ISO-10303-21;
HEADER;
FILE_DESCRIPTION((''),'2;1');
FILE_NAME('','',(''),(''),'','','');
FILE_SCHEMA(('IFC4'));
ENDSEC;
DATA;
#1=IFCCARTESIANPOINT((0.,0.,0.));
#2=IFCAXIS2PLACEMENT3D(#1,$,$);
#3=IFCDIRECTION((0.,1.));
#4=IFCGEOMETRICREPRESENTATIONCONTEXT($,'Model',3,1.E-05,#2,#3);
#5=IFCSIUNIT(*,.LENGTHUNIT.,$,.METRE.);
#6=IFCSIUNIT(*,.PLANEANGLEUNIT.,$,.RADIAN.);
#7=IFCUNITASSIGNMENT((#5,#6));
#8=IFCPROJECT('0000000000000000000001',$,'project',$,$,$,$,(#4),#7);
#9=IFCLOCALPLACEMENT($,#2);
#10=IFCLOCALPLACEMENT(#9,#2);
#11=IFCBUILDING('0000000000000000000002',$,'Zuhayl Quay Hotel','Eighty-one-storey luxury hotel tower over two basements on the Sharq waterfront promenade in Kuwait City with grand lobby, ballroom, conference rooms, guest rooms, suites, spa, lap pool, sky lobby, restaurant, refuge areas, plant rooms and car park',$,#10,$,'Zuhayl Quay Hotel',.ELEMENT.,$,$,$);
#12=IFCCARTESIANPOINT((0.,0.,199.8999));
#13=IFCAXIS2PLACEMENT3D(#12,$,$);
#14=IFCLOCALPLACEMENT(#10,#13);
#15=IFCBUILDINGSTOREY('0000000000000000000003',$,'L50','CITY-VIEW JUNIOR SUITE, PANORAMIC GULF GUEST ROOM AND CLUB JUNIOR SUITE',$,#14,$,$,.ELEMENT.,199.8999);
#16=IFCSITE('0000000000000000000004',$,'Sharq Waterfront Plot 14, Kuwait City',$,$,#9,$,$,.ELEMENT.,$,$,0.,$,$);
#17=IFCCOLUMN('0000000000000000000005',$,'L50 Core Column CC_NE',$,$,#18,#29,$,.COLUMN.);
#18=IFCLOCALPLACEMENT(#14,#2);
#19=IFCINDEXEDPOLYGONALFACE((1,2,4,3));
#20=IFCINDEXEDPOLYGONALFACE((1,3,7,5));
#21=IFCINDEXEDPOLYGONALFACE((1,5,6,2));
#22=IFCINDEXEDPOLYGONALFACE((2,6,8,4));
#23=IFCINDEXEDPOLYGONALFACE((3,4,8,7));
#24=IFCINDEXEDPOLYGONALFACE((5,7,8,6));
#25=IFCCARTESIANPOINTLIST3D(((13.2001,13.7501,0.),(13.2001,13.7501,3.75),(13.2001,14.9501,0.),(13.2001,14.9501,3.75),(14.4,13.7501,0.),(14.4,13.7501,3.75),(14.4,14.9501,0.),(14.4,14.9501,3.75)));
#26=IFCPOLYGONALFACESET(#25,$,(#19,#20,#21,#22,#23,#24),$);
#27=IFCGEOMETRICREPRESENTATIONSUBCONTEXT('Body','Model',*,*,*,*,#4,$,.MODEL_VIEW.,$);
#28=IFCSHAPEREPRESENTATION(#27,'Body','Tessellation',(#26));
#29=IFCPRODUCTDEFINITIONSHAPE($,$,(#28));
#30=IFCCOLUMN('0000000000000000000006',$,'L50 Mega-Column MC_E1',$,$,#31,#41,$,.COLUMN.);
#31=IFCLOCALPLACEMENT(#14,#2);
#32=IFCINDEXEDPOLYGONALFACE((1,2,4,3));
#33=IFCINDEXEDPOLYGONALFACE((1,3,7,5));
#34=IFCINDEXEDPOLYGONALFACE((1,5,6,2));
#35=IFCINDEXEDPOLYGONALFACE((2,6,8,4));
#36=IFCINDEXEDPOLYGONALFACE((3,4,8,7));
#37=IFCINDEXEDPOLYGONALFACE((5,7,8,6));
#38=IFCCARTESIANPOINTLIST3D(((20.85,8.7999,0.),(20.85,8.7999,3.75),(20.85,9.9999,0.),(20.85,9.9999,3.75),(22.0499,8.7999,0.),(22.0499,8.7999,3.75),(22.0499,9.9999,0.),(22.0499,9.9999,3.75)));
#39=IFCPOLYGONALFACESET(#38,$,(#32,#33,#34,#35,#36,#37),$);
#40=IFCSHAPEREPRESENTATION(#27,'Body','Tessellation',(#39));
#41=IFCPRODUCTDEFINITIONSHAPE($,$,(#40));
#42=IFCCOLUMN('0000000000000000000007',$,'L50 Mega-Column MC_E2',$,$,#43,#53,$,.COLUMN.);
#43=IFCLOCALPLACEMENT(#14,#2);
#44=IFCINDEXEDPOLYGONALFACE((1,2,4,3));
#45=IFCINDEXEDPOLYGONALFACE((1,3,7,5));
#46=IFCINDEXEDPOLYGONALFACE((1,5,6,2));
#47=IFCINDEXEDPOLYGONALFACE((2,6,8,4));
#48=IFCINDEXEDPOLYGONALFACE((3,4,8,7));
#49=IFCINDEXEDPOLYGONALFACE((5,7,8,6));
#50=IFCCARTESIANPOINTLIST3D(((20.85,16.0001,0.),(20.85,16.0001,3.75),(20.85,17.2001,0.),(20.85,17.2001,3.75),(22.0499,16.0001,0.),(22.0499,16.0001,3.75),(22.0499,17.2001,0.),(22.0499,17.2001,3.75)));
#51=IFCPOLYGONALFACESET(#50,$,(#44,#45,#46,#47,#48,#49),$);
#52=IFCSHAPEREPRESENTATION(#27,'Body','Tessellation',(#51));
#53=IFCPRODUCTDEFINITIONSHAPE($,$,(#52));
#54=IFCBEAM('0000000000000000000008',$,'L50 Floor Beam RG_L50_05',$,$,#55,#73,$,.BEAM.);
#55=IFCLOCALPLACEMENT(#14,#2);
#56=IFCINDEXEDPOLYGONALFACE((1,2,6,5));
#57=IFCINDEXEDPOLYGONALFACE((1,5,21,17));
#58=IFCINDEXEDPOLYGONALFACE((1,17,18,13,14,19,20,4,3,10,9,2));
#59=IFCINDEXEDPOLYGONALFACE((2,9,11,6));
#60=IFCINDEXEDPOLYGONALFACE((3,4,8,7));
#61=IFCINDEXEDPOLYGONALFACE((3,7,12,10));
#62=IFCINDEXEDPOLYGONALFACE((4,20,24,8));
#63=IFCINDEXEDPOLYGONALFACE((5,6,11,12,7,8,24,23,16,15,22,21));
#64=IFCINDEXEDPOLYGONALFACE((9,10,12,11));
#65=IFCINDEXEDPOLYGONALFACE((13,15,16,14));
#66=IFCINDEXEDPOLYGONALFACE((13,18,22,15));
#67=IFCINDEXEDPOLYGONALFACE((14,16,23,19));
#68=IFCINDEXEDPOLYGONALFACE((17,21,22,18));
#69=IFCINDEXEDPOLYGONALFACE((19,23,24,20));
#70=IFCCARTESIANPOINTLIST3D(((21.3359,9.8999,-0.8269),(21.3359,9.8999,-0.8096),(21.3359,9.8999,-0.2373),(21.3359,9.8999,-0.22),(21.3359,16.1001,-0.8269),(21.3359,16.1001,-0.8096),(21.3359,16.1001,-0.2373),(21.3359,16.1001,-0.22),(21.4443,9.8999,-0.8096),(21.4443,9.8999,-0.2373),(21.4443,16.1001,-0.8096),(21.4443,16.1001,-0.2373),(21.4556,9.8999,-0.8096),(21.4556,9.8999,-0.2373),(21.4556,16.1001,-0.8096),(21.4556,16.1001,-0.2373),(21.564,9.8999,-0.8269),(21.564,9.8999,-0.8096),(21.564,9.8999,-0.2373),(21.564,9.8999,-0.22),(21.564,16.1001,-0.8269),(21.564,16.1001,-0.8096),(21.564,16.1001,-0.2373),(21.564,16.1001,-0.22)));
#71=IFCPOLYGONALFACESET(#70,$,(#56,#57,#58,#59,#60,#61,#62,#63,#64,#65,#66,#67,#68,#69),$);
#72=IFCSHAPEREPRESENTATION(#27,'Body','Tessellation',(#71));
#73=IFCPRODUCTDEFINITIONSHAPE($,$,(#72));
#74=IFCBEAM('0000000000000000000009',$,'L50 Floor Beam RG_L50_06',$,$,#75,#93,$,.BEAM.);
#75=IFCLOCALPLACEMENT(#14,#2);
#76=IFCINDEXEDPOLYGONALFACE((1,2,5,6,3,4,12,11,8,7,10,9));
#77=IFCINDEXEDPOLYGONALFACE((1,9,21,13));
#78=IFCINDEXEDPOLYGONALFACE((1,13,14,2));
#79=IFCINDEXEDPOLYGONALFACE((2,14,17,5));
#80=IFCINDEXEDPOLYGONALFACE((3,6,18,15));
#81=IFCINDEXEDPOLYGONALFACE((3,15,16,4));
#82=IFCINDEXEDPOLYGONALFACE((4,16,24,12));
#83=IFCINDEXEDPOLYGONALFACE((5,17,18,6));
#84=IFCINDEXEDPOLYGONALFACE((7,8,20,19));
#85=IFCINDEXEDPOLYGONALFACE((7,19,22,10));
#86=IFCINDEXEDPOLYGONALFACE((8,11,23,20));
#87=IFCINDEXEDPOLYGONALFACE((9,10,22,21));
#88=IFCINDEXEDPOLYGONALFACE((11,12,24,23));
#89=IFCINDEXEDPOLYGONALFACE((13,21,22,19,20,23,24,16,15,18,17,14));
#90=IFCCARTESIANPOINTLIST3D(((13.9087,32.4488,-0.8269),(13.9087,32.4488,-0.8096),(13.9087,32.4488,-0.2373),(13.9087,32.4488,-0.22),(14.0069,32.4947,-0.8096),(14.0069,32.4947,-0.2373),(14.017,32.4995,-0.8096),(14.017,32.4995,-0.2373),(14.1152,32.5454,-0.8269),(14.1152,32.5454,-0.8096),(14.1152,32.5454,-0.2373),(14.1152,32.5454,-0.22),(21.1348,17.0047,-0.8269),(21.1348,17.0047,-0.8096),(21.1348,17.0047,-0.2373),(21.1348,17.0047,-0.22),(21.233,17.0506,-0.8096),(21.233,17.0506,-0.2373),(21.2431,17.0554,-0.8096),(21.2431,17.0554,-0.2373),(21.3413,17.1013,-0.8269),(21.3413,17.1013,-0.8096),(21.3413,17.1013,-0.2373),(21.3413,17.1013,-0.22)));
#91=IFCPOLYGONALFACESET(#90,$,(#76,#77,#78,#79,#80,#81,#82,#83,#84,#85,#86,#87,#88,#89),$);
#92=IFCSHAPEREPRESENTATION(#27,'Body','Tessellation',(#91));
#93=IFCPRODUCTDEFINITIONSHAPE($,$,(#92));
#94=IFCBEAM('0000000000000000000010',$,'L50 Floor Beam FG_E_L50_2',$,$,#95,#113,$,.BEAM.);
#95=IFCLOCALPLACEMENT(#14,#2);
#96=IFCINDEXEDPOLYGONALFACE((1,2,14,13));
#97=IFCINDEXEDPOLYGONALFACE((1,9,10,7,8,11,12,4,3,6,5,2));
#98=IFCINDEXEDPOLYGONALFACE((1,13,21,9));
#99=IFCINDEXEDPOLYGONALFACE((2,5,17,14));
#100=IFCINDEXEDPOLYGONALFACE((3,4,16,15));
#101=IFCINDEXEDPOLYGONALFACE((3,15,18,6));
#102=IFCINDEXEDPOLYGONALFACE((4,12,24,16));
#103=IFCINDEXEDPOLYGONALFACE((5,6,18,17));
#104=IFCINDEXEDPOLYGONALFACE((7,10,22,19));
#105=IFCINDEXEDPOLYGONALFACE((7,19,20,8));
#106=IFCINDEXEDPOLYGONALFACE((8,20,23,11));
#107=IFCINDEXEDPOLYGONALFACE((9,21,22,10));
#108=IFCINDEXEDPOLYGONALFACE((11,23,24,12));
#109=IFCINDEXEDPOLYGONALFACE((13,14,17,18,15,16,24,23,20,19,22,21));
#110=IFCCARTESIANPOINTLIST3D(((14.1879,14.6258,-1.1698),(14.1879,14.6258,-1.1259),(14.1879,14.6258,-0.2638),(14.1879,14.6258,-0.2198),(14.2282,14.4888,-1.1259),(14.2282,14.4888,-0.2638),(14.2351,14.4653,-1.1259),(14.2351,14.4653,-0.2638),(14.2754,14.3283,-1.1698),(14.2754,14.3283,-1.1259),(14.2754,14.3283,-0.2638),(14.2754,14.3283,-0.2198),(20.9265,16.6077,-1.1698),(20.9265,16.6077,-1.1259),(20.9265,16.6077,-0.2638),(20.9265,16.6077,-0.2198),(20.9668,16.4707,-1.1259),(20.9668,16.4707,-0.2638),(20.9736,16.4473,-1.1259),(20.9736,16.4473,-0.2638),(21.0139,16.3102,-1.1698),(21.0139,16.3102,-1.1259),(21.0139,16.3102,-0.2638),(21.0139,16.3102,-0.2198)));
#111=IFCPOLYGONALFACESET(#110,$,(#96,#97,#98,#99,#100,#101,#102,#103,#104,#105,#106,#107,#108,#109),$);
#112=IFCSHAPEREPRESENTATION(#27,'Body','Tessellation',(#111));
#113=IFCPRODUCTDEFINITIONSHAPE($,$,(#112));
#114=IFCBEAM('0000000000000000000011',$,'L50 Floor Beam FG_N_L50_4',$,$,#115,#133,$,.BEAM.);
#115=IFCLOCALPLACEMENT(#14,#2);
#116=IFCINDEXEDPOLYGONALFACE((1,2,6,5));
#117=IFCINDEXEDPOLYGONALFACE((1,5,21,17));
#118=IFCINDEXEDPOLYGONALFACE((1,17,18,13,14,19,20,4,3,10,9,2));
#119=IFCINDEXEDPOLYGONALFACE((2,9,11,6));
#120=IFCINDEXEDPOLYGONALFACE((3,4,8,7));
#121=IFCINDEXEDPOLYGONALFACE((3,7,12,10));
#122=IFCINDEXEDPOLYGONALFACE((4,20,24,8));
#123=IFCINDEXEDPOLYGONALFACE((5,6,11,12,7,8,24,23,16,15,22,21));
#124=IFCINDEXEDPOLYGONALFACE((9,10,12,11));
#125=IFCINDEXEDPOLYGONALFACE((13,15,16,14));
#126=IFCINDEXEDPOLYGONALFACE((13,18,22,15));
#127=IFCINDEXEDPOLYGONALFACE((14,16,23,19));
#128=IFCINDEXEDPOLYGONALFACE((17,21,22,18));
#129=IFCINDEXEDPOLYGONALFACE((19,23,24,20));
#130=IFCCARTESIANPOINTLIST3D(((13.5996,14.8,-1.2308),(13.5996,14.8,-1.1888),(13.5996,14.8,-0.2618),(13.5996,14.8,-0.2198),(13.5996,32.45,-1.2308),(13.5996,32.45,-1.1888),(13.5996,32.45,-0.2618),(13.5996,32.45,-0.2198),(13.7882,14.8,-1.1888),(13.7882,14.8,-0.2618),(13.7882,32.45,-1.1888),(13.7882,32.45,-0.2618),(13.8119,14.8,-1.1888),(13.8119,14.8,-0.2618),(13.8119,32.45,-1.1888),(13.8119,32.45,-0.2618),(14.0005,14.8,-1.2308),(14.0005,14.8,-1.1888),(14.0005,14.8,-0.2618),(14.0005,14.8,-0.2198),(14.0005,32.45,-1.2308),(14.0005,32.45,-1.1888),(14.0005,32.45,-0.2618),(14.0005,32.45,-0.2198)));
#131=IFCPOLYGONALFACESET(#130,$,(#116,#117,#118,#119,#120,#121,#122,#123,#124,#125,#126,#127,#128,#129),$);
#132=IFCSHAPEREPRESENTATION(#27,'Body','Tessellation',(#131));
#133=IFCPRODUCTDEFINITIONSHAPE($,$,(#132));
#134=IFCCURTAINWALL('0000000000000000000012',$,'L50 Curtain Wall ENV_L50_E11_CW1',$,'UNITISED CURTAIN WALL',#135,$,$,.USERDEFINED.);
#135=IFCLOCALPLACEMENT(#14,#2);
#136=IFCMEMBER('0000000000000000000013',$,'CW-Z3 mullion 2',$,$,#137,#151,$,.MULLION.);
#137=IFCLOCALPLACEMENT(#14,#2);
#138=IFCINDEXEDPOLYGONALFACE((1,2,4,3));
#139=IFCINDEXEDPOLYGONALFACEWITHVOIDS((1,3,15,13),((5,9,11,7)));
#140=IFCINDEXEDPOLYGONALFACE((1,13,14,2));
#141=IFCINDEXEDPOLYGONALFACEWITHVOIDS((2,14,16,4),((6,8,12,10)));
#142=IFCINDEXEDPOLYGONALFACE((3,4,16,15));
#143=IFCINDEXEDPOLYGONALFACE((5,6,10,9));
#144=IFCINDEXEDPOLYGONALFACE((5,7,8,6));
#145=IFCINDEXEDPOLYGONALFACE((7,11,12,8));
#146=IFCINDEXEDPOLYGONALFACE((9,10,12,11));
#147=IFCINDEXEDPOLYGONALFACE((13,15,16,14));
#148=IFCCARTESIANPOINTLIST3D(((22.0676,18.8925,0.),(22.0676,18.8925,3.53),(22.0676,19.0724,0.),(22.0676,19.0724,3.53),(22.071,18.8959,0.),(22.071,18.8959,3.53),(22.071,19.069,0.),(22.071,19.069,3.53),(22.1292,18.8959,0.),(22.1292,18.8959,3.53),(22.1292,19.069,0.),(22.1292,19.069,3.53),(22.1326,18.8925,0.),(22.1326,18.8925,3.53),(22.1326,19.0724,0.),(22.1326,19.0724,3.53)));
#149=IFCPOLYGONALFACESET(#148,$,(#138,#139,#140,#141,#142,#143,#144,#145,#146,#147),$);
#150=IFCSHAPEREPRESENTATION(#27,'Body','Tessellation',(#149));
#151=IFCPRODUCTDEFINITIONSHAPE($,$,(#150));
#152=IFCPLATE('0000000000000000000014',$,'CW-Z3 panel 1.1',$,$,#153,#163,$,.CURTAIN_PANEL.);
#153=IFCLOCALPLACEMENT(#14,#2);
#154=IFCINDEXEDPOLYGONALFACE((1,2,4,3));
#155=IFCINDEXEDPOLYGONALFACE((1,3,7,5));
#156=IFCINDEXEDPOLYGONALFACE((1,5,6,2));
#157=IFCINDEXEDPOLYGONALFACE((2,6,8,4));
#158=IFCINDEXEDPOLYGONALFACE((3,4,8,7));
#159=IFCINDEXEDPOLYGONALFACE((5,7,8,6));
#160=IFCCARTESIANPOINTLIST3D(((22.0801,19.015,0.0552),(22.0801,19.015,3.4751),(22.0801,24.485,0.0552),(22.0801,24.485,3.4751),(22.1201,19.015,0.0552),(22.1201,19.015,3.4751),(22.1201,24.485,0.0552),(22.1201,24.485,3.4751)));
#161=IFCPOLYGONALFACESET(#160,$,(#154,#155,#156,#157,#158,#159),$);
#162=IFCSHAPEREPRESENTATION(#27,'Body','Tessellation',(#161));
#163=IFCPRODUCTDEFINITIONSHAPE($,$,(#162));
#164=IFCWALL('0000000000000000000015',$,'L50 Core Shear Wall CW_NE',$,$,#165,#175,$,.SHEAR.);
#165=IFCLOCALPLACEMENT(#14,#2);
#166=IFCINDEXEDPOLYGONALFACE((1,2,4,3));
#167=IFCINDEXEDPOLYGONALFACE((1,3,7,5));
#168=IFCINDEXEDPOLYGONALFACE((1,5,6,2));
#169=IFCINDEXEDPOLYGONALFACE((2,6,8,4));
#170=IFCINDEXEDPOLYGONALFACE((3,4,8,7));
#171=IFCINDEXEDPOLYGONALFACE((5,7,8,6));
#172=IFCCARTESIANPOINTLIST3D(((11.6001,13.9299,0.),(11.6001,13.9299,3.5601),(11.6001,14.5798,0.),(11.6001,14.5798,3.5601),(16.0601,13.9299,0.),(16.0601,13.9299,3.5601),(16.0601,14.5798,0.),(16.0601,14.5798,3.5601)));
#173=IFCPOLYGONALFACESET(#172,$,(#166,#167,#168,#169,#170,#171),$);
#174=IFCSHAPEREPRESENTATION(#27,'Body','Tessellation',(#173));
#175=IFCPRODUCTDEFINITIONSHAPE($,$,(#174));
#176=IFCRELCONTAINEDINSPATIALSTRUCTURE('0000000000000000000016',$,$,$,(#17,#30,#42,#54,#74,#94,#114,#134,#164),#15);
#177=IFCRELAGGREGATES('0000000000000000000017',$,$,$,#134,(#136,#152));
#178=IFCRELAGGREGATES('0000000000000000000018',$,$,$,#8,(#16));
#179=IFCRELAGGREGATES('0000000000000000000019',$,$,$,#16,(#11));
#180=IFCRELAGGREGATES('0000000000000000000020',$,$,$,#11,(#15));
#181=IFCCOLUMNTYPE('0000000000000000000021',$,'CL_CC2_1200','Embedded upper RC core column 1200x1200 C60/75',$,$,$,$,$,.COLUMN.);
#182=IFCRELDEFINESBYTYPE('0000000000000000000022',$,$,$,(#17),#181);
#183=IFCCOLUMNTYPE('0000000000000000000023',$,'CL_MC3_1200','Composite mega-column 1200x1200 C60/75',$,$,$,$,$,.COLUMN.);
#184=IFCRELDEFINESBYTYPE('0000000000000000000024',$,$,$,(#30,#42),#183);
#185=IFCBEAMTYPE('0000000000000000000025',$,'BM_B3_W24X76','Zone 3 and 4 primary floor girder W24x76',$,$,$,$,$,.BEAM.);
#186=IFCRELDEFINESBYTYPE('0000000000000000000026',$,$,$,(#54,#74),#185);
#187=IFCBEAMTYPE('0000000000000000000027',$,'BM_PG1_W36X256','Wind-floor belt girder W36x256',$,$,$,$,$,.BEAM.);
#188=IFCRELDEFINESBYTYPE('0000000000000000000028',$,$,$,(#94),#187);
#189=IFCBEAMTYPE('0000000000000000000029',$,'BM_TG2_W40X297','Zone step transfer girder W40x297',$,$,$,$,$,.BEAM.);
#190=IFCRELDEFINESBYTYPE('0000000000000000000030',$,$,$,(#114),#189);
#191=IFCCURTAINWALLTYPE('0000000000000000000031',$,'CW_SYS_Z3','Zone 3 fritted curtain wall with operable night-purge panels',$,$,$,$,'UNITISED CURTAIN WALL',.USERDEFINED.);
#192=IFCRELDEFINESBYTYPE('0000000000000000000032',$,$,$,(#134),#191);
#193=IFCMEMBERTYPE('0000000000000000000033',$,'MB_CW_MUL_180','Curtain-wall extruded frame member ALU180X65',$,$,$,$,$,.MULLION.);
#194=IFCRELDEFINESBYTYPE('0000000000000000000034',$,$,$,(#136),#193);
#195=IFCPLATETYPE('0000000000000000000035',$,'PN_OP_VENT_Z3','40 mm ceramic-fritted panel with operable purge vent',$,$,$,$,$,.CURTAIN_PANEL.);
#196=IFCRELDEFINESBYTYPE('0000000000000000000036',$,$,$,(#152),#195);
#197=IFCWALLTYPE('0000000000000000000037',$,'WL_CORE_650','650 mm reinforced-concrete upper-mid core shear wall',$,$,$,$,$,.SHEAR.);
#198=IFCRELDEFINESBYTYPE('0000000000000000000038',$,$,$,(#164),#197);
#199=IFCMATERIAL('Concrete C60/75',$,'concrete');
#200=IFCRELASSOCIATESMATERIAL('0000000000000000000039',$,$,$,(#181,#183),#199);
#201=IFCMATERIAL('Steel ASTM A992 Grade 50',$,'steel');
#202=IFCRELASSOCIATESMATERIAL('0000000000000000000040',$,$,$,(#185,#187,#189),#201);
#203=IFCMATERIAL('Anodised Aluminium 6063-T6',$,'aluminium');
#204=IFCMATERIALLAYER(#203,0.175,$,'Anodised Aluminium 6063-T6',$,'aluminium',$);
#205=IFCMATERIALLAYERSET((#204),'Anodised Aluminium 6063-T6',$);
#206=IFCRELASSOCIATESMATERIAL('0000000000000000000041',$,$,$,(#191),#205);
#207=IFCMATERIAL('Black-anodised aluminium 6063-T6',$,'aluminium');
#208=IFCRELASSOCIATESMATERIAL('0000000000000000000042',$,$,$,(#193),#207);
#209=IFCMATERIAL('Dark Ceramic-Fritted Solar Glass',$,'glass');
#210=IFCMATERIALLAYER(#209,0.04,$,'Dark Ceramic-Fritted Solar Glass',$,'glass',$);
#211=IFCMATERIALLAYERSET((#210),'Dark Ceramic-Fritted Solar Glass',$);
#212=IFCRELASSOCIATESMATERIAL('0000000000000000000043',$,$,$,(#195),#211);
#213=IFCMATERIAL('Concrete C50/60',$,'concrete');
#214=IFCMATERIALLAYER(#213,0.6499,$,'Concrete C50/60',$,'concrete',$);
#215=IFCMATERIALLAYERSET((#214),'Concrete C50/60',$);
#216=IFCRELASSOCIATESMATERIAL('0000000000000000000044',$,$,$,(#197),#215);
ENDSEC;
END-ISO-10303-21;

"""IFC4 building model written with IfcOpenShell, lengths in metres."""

from ifc_helpers import new_model, si_unit, direction, frame, frame_2d, origin, origin_2d, place, context, subcontext, project, spatial, rectangle, hollow_rectangle, i_section, extrude, material, layer, layer_set, material_profile, profile_set, type_object, element, aggregate, save


model = new_model("IFC4")

# Units and contexts
model_context = context("Model", 3, precision=1e-05, world=origin(), true_north=direction((0.0, 1.0)))
body_context = subcontext(model_context, "Body", "Model", "MODEL_VIEW")
ifc_project = project(units=[si_unit("LENGTHUNIT", "METRE"), si_unit("PLANEANGLEUNIT", "RADIAN")], contexts=[model_context])

# Site, building, storey
site_placement = place(None, origin())
site = spatial("IfcSite", under=ifc_project, at=site_placement, Name="Sharq Waterfront Plot 14, Kuwait City", CompositionType="ELEMENT", RefElevation=0.0)
building_placement = place(site_placement, origin())
building = spatial("IfcBuilding", under=site, at=building_placement, Name="Zuhayl Quay Hotel", Description="Eighty-one-storey luxury hotel tower over two basements on the Sharq waterfront promenade in Kuwait City with grand lobby, ballroom, conference rooms, guest rooms, suites, spa, lap pool, sky lobby, restaurant, refuge areas, plant rooms and car park", LongName="Zuhayl Quay Hotel", CompositionType="ELEMENT")
storey_placement = place(building_placement, frame((0.0, 0.0, 199.8999)))
storey = spatial("IfcBuildingStorey", under=building, at=storey_placement, Name="L50", Description="CITY-VIEW JUNIOR SUITE, PANORAMIC GULF GUEST ROOM AND CLUB JUNIOR SUITE", CompositionType="ELEMENT", Elevation=199.8999)

# Columns
ifc_material_1 = material(Name="Concrete C60/75", Category="concrete")
ifc_material_profile_1 = material_profile(ifc_material_1, rectangle(XDim=1.2, YDim=1.2, at=origin_2d()), Name="RC1200X1200")
ifc_profile_set_1 = profile_set([ifc_material_profile_1], Name="Concrete C60/75")
column_type_1 = type_object("IfcColumnType", Name="CL_CC2_1200", Description="Embedded upper RC core column 1200x1200 C60/75", PredefinedType="COLUMN", material=ifc_profile_set_1)
column_placement = place(storey_placement, frame((13.8, 14.3501, 0.0), z_axis=(0.0, 0.0, 1.0), x_axis=(1.0, 0.0, 0.0)))
element("IfcColumn", 1, at=column_placement, inside=storey, type_object=column_type_1, Name="L50 Core Column CC_NE", PredefinedType="COLUMN", context=body_context, shape_type="SweptSolid", body=[
    extrude(rectangle(XDim=1.2, YDim=1.2, at=origin_2d()), origin(), (0.0, 0.0, 1.0), 3.75),
])
ifc_material_profile_2 = material_profile(ifc_material_1, rectangle(XDim=1.2, YDim=1.2, at=origin_2d()), Name="RC1200X1200")
ifc_profile_set_2 = profile_set([ifc_material_profile_2], Name="Concrete C60/75")
column_type_2 = type_object("IfcColumnType", Name="CL_MC3_1200", Description="Composite mega-column 1200x1200 C60/75", PredefinedType="COLUMN", material=ifc_profile_set_2)
for number, where, z_axis, x_axis, name in (
    (2, (21.45, 9.3999, 0.0), (0.0, 0.0, 1.0), (1.0, 0.0, 0.0), "L50 Mega-Column MC_E1"),
    (3, (21.45, 16.6001, 0.0), (0.0, 0.0, 1.0), (1.0, 0.0, 0.0), "L50 Mega-Column MC_E2"),
):
    element("IfcColumn", number, at=place(storey_placement, frame(where, z_axis=z_axis, x_axis=x_axis)), inside=storey, type_object=column_type_2, Name=name, PredefinedType="COLUMN", context=body_context, shape_type="SweptSolid", body=[
        extrude(rectangle(XDim=1.2, YDim=1.2, at=origin_2d()), origin(), (0.0, 0.0, 1.0), 3.75),
    ])

# Beams
ifc_material_2 = material(Name="Steel ASTM A992 Grade 50", Category="steel")
ifc_material_profile_3 = material_profile(ifc_material_2, i_section(OverallWidth=0.228, OverallDepth=0.6069, WebThickness=0.0112, FlangeThickness=0.0173, at=origin_2d()), Name="W24X76")
ifc_profile_set_3 = profile_set([ifc_material_profile_3], Name="Steel ASTM A992 Grade 50")
beam_type_1 = type_object("IfcBeamType", Name="BM_B3_W24X76", Description="Zone 3 and 4 primary floor girder W24x76", PredefinedType="BEAM", material=ifc_profile_set_3)
beam_1_placement = place(storey_placement, frame((21.45, 9.8999, -0.5234), z_axis=(0.0, 1.0, 0.0), x_axis=(-1.0, 0.0, 0.0)))
element("IfcBeam", 4, at=beam_1_placement, inside=storey, type_object=beam_type_1, Name="L50 Floor Beam RG_L50_05", PredefinedType="BEAM", context=body_context, shape_type="SweptSolid", body=[
    extrude(i_section(OverallWidth=0.228, OverallDepth=0.6069, WebThickness=0.0112, FlangeThickness=0.0173, at=origin_2d()), origin(), (0.0, 0.0, 1.0), 6.2002),
])
beam_2_placement = place(storey_placement, frame((21.238, 17.053, -0.5234), z_axis=(-0.423792, 0.905759, 0.0), x_axis=(-0.905759, -0.423792, 0.0)))
element("IfcBeam", 5, at=beam_2_placement, inside=storey, type_object=beam_type_1, Name="L50 Floor Beam RG_L50_06", PredefinedType="BEAM", context=body_context, shape_type="SweptSolid", body=[
    extrude(i_section(OverallWidth=0.228, OverallDepth=0.6069, WebThickness=0.0112, FlangeThickness=0.0173, at=origin_2d()), origin(), (0.0, 0.0, 1.0), 17.051),
])
ifc_material_profile_4 = material_profile(ifc_material_2, i_section(OverallWidth=0.3101, OverallDepth=0.95, WebThickness=0.0244, FlangeThickness=0.0439, at=origin_2d()), Name="W36X256")
ifc_profile_set_4 = profile_set([ifc_material_profile_4], Name="Steel ASTM A992 Grade 50")
beam_type_2 = type_object("IfcBeamType", Name="BM_PG1_W36X256", Description="Wind-floor belt girder W36x256", PredefinedType="BEAM", material=ifc_profile_set_4)
beam_3_placement = place(storey_placement, frame((14.2317, 14.4771, -0.6948), z_axis=(0.959365, 0.282168, 0.0), x_axis=(-0.282168, 0.959365, 0.0)))
element("IfcBeam", 6, at=beam_3_placement, inside=storey, type_object=beam_type_2, Name="L50 Floor Beam FG_E_L50_2", PredefinedType="BEAM", context=body_context, shape_type="SweptSolid", body=[
    extrude(i_section(OverallWidth=0.3101, OverallDepth=0.95, WebThickness=0.0244, FlangeThickness=0.0439, at=origin_2d()), origin(), (0.0, 0.0, 1.0), 7.0239),
])
ifc_material_profile_5 = material_profile(ifc_material_2, i_section(OverallWidth=0.4009, OverallDepth=1.011, WebThickness=0.0237, FlangeThickness=0.042, at=origin_2d()), Name="W40X297")
ifc_profile_set_5 = profile_set([ifc_material_profile_5], Name="Steel ASTM A992 Grade 50")
beam_type_3 = type_object("IfcBeamType", Name="BM_TG2_W40X297", Description="Zone step transfer girder W40x297", PredefinedType="BEAM", material=ifc_profile_set_5)
beam_4_placement = place(storey_placement, frame((13.8, 14.8, -0.7253), z_axis=(0.0, 1.0, 0.0), x_axis=(-1.0, 0.0, 0.0)))
element("IfcBeam", 7, at=beam_4_placement, inside=storey, type_object=beam_type_3, Name="L50 Floor Beam FG_N_L50_4", PredefinedType="BEAM", context=body_context, shape_type="SweptSolid", body=[
    extrude(i_section(OverallWidth=0.4009, OverallDepth=1.011, WebThickness=0.0237, FlangeThickness=0.042, at=origin_2d()), origin(), (0.0, 0.0, 1.0), 17.6499),
])

# Curtain wall, member, plate
ifc_material_3 = material(Name="Anodised Aluminium 6063-T6", Category="aluminium")
ifc_layer_1 = layer(ifc_material_3, 0.175, Name="Anodised Aluminium 6063-T6", Category="aluminium")
ifc_layer_set_1 = layer_set([ifc_layer_1], Name="Anodised Aluminium 6063-T6")
curtain_wall_type = type_object("IfcCurtainWallType", Name="CW_SYS_Z3", Description="Zone 3 fritted curtain wall with operable night-purge panels", ElementType="UNITISED CURTAIN WALL", PredefinedType="USERDEFINED", material=ifc_layer_set_1)
curtain_wall_placement = place(storey_placement, origin())
curtain_wall = element("IfcCurtainWall", 8, at=curtain_wall_placement, inside=storey, type_object=curtain_wall_type, Name="L50 Curtain Wall ENV_L50_E11_CW1", ObjectType="UNITISED CURTAIN WALL", PredefinedType="USERDEFINED")
ifc_material_4 = material(Name="Black-anodised aluminium 6063-T6", Category="aluminium")
ifc_material_profile_6 = material_profile(ifc_material_4, hollow_rectangle(XDim=0.0649, YDim=0.1799, WallThickness=0.0034, at=origin_2d()), Name="ALU180X65")
ifc_profile_set_6 = profile_set([ifc_material_profile_6], Name="Black-anodised aluminium 6063-T6")
member_type = type_object("IfcMemberType", Name="MB_CW_MUL_180", Description="Curtain-wall extruded frame member ALU180X65", PredefinedType="MULLION", material=ifc_profile_set_6)
member_placement = place(storey_placement, frame((22.1001, 18.9824, 0.0), z_axis=(0.0, 0.0, 1.0), x_axis=(1.0, 0.0, 0.0)))
member = element("IfcMember", 9, at=member_placement, type_object=member_type, Name="CW-Z3 mullion 2", PredefinedType="MULLION", context=body_context, shape_type="SweptSolid", body=[
    extrude(hollow_rectangle(XDim=0.0649, YDim=0.1799, WallThickness=0.0034, at=origin_2d()), origin(), (0.0, 0.0, 1.0), 3.53),
])
ifc_material_5 = material(Name="Dark Ceramic-Fritted Solar Glass", Category="glass")
ifc_layer_2 = layer(ifc_material_5, 0.04, Name="Dark Ceramic-Fritted Solar Glass", Category="glass")
ifc_layer_set_2 = layer_set([ifc_layer_2], Name="Dark Ceramic-Fritted Solar Glass")
plate_type = type_object("IfcPlateType", Name="PN_OP_VENT_Z3", Description="40 mm ceramic-fritted panel with operable purge vent", PredefinedType="CURTAIN_PANEL", material=ifc_layer_set_2)
plate_placement = place(storey_placement, frame((22.1001, 21.75, 0.0552), z_axis=(0.0, 0.0, 1.0), x_axis=(0.0, -1.0, 0.0)))
plate = element("IfcPlate", 10, at=plate_placement, type_object=plate_type, Name="CW-Z3 panel 1.1", PredefinedType="CURTAIN_PANEL", context=body_context, shape_type="SweptSolid", body=[
    extrude(rectangle(XDim=5.47, YDim=0.04, at=origin_2d()), origin(), (0.0, 0.0, 1.0), 3.4199),
])
aggregate(curtain_wall, [member, plate])

# Wall
ifc_material_6 = material(Name="Concrete C50/60", Category="concrete")
ifc_layer_3 = layer(ifc_material_6, 0.6499, Name="Concrete C50/60", Category="concrete")
ifc_layer_set_3 = layer_set([ifc_layer_3], Name="Concrete C50/60")
wall_type_1 = type_object("IfcWallType", Name="WL_CORE_650", Description="650 mm reinforced-concrete upper-mid core shear wall", PredefinedType="SHEAR", material=ifc_layer_set_3)
wall_1_placement = place(storey_placement, frame((11.6001, 14.2549, 0.0), z_axis=(0.0, 0.0, 1.0), x_axis=(1.0, 0.0, 0.0)))
element("IfcWall", 11, at=wall_1_placement, inside=storey, type_object=wall_type_1, Name="L50 Core Shear Wall CW_NE", PredefinedType="SHEAR", context=body_context, shape_type="SweptSolid", body=[
    extrude(rectangle(XDim=4.46, YDim=0.6499, at=frame_2d((2.23, 0.0))), origin(), (0.0, 0.0, 1.0), 3.5601),
])

save(model, "model.ifc")
